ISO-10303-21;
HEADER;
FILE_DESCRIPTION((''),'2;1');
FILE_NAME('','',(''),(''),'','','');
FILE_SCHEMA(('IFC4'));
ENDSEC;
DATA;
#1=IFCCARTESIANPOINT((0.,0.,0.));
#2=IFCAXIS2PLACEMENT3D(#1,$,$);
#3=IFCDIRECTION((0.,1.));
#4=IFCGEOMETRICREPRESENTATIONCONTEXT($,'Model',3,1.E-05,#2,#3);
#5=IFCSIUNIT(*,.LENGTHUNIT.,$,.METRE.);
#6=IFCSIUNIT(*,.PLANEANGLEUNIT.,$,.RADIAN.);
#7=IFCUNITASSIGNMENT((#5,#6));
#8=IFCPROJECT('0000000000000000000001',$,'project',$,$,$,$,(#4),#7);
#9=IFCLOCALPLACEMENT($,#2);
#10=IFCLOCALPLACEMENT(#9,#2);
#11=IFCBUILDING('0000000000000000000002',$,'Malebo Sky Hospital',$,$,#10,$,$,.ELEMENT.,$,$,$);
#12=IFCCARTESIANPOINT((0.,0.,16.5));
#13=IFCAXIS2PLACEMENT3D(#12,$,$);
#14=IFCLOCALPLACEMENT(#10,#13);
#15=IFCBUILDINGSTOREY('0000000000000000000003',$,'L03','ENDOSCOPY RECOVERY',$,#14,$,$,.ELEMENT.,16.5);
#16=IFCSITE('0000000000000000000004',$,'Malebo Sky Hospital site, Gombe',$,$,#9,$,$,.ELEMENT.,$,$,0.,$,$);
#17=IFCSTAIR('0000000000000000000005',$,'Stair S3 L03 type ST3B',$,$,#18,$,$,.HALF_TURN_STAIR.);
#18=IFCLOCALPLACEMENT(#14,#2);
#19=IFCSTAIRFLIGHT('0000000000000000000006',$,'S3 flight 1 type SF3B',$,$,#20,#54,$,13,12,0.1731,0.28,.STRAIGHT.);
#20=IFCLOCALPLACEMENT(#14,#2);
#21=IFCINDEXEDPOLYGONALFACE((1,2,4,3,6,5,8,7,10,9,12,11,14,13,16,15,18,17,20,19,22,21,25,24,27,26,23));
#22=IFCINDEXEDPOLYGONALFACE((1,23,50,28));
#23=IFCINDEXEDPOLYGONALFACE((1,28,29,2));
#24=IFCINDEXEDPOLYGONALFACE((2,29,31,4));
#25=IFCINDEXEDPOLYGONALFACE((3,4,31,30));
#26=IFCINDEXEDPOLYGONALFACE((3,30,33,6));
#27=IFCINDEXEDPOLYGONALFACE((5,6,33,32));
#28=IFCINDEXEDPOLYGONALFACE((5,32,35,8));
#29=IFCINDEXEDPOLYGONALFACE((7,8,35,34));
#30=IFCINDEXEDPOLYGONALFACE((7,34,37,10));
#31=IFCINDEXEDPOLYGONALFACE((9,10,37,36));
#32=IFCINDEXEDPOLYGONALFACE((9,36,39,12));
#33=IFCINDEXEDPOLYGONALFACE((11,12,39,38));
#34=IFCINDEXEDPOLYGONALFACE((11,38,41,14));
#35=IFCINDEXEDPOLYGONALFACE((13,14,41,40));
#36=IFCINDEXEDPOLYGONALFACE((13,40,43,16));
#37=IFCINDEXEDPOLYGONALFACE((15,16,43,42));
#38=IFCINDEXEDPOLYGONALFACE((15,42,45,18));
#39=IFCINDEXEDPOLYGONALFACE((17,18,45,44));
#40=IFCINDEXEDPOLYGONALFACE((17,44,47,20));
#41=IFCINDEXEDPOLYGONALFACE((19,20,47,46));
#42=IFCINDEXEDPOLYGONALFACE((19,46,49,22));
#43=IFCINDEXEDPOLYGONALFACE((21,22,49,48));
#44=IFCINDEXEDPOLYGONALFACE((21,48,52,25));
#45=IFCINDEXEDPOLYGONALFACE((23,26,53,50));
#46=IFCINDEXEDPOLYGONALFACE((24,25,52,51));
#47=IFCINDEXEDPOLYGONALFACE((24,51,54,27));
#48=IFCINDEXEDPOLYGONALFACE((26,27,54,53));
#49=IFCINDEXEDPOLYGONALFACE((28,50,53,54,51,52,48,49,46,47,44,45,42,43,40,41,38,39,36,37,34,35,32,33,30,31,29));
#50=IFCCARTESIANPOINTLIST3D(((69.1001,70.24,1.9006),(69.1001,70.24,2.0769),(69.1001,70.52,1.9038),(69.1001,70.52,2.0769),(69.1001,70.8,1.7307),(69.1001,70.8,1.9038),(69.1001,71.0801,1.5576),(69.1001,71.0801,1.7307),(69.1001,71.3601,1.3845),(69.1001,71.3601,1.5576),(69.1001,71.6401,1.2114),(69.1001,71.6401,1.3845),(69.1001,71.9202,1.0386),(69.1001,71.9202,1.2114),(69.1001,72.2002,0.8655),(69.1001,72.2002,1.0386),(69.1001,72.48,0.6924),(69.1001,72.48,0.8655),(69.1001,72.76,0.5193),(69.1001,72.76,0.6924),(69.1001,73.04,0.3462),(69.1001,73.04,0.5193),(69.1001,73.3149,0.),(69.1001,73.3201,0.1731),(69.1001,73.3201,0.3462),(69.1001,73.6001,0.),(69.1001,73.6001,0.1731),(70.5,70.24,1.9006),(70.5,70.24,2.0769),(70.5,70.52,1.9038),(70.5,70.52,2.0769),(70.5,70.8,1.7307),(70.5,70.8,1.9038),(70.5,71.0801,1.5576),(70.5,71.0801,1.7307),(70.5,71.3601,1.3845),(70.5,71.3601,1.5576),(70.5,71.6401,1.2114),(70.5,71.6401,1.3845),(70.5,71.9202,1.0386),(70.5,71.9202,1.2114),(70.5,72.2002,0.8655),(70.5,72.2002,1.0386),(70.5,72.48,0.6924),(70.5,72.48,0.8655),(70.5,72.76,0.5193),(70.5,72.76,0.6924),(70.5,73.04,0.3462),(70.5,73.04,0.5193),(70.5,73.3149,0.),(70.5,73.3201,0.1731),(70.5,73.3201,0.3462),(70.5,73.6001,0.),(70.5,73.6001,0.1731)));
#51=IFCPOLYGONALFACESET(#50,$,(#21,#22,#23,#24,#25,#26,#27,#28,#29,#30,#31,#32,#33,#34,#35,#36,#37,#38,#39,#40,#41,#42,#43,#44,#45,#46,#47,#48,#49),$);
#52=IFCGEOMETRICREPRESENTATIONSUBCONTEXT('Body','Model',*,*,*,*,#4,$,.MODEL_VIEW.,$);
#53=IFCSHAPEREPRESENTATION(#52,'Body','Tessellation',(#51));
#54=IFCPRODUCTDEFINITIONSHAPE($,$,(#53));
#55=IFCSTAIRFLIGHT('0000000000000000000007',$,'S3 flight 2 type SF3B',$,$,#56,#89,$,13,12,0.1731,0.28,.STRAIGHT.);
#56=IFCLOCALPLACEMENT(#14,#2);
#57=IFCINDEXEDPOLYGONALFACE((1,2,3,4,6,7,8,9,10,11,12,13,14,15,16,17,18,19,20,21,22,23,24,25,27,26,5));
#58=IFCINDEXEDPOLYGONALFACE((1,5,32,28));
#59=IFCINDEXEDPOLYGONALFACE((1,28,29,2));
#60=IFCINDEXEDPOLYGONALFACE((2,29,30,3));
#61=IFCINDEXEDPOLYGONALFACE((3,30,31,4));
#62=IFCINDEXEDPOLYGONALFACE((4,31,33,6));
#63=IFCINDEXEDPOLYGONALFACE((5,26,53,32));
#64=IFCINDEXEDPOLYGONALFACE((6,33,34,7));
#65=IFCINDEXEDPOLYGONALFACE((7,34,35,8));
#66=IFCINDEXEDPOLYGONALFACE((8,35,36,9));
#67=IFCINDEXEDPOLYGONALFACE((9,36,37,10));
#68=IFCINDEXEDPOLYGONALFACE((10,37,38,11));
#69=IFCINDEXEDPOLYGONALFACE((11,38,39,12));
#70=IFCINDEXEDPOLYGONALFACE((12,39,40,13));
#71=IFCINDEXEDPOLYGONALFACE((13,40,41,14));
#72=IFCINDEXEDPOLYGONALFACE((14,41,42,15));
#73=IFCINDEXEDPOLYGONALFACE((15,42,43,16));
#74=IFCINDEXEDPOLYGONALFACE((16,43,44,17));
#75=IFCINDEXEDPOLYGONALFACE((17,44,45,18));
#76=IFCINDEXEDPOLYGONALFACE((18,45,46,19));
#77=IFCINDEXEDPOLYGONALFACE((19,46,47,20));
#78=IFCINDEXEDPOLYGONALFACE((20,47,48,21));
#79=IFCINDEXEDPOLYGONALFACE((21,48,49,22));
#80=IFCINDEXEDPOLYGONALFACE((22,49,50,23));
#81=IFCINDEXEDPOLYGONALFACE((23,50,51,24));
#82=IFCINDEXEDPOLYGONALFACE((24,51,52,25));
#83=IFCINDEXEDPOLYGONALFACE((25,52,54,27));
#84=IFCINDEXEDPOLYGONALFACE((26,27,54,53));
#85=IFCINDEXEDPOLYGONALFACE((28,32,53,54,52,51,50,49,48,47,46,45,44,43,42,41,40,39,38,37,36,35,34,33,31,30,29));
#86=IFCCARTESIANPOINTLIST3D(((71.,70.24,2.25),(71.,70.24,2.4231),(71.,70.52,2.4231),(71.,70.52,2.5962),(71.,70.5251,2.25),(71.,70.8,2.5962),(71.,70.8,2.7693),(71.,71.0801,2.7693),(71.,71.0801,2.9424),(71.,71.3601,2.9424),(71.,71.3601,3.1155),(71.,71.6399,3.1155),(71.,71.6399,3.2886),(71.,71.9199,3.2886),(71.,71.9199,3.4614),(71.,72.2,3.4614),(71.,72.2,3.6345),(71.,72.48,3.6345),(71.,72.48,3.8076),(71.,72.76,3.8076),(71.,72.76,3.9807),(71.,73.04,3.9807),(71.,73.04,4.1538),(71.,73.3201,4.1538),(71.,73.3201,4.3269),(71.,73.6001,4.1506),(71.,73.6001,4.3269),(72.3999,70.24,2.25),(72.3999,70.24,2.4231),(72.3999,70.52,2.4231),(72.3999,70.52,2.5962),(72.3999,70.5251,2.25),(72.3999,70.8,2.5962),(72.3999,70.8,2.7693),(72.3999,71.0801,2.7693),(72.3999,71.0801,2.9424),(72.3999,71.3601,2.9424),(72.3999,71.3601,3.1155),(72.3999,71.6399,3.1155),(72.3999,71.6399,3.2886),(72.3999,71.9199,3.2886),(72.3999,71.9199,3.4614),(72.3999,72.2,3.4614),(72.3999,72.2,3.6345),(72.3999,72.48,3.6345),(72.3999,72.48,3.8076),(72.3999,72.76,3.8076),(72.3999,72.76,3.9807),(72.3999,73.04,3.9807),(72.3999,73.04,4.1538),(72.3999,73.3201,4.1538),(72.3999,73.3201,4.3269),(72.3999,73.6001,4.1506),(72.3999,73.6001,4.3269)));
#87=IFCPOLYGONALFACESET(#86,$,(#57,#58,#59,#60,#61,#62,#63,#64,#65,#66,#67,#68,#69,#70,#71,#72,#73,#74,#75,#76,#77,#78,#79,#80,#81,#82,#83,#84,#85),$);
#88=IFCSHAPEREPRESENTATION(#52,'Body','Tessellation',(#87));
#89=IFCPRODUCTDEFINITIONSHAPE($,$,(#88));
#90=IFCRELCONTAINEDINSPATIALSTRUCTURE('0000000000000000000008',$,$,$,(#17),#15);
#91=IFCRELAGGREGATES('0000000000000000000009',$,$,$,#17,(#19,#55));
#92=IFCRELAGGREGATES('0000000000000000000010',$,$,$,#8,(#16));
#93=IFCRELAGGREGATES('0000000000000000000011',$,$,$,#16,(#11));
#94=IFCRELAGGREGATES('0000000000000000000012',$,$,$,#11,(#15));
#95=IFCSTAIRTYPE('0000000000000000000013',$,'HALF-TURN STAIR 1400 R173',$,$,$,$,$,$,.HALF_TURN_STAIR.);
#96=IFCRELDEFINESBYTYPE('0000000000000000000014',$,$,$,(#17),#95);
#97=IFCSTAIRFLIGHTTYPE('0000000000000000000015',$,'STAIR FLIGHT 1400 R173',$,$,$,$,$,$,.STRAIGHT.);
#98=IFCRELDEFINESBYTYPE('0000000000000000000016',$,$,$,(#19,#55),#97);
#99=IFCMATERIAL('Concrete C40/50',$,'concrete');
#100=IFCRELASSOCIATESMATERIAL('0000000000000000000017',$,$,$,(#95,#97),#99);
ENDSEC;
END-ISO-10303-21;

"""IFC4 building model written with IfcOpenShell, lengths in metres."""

from ifc_helpers import new_model, si_unit, direction, frame, origin, place, context, subcontext, project, spatial, polyline, outline, extrude, material, type_object, element, aggregate, save


model = new_model("IFC4")

# Units and contexts
model_context = context("Model", 3, precision=1e-05, world=origin(), true_north=direction((0.0, 1.0)))
body_context = subcontext(model_context, "Body", "Model", "MODEL_VIEW")
ifc_project = project(units=[si_unit("LENGTHUNIT", "METRE"), si_unit("PLANEANGLEUNIT", "RADIAN")], contexts=[model_context])

# Site, building, storey
site_placement = place(None, origin())
site = spatial("IfcSite", under=ifc_project, at=site_placement, Name="Malebo Sky Hospital site, Gombe", CompositionType="ELEMENT", RefElevation=0.0)
building_placement = place(site_placement, origin())
building = spatial("IfcBuilding", under=site, at=building_placement, Name="Malebo Sky Hospital", CompositionType="ELEMENT")
storey_placement = place(building_placement, frame((0.0, 0.0, 16.5)))
storey = spatial("IfcBuildingStorey", under=building, at=storey_placement, Name="L03", Description="ENDOSCOPY RECOVERY", CompositionType="ELEMENT", Elevation=16.5)

# Shared definitions
ifc_material_1 = material(Name="Concrete C40/50", Category="concrete")

# Stair, stair flights
stair_type = type_object("IfcStairType", Name="HALF-TURN STAIR 1400 R173", PredefinedType="HALF_TURN_STAIR", material=ifc_material_1)
stair_placement = place(storey_placement, origin())
stair = element("IfcStair", 1, at=stair_placement, inside=storey, type_object=stair_type, Name="Stair S3 L03 type ST3B", PredefinedType="HALF_TURN_STAIR")
stair_flight_type = type_object("IfcStairFlightType", Name="STAIR FLIGHT 1400 R173", PredefinedType="STRAIGHT", material=ifc_material_1)
stair_flight_1_placement = place(storey_placement, frame((69.8, 73.6001, 0.0), z_axis=(0.0, 0.0, 1.0), x_axis=(0.0, -1.0, 0.0)))
stair_flight_1 = element("IfcStairFlight", 2, at=stair_flight_1_placement, type_object=stair_flight_type, Name="S3 flight 1 type SF3B", NumberOfRisers=13, NumberOfTreads=12, PredefinedType="STRAIGHT", RiserHeight=0.1731, TreadLength=0.28, context=body_context, shape_type="SweptSolid", body=[
    extrude(outline(polyline([(0.0, 0.0), (0.0, 0.1731), (0.28, 0.1731), (0.28, 0.3462), (0.5601, 0.3462), (0.5601, 0.5193), (0.8401, 0.5193), (0.8401, 0.6924), (1.1201, 0.6924), (1.1201, 0.8655), (1.3999, 0.8655), (1.3999, 1.0386), (1.6799, 1.0386), (1.6799, 1.2114), (1.96, 1.2114), (1.96, 1.3845), (2.24, 1.3845), (2.24, 1.5576), (2.52, 1.5576), (2.52, 1.7307), (2.8, 1.7307), (2.8, 1.9038), (3.0801, 1.9038), (3.0801, 2.0769), (3.3601, 2.0769), (3.3601, 2.25), (3.3601, 1.9006), (0.2852, 0.0), (0.0, 0.0)])), frame((0.0, 0.7, 0.0), z_axis=(0.0, -1.0, 0.0), x_axis=(1.0, 0.0, 0.0)), (0.0, 0.0, 1.0), 1.3999),
])
stair_flight_2_placement = place(storey_placement, frame((71.7, 70.24, 2.25), z_axis=(0.0, 0.0, 1.0), x_axis=(0.0, 1.0, 0.0)))
stair_flight_2 = element("IfcStairFlight", 3, at=stair_flight_2_placement, type_object=stair_flight_type, Name="S3 flight 2 type SF3B", NumberOfRisers=13, NumberOfTreads=12, PredefinedType="STRAIGHT", RiserHeight=0.1731, TreadLength=0.28, context=body_context, shape_type="SweptSolid", body=[
    extrude(outline(polyline([(0.0, 0.0), (0.0, 0.1731), (0.28, 0.1731), (0.28, 0.3462), (0.5601, 0.3462), (0.5601, 0.5193), (0.8401, 0.5193), (0.8401, 0.6924), (1.1201, 0.6924), (1.1201, 0.8655), (1.3999, 0.8655), (1.3999, 1.0386), (1.6799, 1.0386), (1.6799, 1.2114), (1.96, 1.2114), (1.96, 1.3845), (2.24, 1.3845), (2.24, 1.5576), (2.52, 1.5576), (2.52, 1.7307), (2.8, 1.7307), (2.8, 1.9038), (3.0801, 1.9038), (3.0801, 2.0769), (3.3601, 2.0769), (3.3601, 2.25), (3.3601, 1.9006), (0.2852, 0.0), (0.0, 0.0)])), frame((0.0, 0.7, 0.0), z_axis=(0.0, -1.0, 0.0), x_axis=(1.0, 0.0, 0.0)), (0.0, 0.0, 1.0), 1.3999),
])
aggregate(stair, [stair_flight_1, stair_flight_2])

save(model, "model.ifc")
